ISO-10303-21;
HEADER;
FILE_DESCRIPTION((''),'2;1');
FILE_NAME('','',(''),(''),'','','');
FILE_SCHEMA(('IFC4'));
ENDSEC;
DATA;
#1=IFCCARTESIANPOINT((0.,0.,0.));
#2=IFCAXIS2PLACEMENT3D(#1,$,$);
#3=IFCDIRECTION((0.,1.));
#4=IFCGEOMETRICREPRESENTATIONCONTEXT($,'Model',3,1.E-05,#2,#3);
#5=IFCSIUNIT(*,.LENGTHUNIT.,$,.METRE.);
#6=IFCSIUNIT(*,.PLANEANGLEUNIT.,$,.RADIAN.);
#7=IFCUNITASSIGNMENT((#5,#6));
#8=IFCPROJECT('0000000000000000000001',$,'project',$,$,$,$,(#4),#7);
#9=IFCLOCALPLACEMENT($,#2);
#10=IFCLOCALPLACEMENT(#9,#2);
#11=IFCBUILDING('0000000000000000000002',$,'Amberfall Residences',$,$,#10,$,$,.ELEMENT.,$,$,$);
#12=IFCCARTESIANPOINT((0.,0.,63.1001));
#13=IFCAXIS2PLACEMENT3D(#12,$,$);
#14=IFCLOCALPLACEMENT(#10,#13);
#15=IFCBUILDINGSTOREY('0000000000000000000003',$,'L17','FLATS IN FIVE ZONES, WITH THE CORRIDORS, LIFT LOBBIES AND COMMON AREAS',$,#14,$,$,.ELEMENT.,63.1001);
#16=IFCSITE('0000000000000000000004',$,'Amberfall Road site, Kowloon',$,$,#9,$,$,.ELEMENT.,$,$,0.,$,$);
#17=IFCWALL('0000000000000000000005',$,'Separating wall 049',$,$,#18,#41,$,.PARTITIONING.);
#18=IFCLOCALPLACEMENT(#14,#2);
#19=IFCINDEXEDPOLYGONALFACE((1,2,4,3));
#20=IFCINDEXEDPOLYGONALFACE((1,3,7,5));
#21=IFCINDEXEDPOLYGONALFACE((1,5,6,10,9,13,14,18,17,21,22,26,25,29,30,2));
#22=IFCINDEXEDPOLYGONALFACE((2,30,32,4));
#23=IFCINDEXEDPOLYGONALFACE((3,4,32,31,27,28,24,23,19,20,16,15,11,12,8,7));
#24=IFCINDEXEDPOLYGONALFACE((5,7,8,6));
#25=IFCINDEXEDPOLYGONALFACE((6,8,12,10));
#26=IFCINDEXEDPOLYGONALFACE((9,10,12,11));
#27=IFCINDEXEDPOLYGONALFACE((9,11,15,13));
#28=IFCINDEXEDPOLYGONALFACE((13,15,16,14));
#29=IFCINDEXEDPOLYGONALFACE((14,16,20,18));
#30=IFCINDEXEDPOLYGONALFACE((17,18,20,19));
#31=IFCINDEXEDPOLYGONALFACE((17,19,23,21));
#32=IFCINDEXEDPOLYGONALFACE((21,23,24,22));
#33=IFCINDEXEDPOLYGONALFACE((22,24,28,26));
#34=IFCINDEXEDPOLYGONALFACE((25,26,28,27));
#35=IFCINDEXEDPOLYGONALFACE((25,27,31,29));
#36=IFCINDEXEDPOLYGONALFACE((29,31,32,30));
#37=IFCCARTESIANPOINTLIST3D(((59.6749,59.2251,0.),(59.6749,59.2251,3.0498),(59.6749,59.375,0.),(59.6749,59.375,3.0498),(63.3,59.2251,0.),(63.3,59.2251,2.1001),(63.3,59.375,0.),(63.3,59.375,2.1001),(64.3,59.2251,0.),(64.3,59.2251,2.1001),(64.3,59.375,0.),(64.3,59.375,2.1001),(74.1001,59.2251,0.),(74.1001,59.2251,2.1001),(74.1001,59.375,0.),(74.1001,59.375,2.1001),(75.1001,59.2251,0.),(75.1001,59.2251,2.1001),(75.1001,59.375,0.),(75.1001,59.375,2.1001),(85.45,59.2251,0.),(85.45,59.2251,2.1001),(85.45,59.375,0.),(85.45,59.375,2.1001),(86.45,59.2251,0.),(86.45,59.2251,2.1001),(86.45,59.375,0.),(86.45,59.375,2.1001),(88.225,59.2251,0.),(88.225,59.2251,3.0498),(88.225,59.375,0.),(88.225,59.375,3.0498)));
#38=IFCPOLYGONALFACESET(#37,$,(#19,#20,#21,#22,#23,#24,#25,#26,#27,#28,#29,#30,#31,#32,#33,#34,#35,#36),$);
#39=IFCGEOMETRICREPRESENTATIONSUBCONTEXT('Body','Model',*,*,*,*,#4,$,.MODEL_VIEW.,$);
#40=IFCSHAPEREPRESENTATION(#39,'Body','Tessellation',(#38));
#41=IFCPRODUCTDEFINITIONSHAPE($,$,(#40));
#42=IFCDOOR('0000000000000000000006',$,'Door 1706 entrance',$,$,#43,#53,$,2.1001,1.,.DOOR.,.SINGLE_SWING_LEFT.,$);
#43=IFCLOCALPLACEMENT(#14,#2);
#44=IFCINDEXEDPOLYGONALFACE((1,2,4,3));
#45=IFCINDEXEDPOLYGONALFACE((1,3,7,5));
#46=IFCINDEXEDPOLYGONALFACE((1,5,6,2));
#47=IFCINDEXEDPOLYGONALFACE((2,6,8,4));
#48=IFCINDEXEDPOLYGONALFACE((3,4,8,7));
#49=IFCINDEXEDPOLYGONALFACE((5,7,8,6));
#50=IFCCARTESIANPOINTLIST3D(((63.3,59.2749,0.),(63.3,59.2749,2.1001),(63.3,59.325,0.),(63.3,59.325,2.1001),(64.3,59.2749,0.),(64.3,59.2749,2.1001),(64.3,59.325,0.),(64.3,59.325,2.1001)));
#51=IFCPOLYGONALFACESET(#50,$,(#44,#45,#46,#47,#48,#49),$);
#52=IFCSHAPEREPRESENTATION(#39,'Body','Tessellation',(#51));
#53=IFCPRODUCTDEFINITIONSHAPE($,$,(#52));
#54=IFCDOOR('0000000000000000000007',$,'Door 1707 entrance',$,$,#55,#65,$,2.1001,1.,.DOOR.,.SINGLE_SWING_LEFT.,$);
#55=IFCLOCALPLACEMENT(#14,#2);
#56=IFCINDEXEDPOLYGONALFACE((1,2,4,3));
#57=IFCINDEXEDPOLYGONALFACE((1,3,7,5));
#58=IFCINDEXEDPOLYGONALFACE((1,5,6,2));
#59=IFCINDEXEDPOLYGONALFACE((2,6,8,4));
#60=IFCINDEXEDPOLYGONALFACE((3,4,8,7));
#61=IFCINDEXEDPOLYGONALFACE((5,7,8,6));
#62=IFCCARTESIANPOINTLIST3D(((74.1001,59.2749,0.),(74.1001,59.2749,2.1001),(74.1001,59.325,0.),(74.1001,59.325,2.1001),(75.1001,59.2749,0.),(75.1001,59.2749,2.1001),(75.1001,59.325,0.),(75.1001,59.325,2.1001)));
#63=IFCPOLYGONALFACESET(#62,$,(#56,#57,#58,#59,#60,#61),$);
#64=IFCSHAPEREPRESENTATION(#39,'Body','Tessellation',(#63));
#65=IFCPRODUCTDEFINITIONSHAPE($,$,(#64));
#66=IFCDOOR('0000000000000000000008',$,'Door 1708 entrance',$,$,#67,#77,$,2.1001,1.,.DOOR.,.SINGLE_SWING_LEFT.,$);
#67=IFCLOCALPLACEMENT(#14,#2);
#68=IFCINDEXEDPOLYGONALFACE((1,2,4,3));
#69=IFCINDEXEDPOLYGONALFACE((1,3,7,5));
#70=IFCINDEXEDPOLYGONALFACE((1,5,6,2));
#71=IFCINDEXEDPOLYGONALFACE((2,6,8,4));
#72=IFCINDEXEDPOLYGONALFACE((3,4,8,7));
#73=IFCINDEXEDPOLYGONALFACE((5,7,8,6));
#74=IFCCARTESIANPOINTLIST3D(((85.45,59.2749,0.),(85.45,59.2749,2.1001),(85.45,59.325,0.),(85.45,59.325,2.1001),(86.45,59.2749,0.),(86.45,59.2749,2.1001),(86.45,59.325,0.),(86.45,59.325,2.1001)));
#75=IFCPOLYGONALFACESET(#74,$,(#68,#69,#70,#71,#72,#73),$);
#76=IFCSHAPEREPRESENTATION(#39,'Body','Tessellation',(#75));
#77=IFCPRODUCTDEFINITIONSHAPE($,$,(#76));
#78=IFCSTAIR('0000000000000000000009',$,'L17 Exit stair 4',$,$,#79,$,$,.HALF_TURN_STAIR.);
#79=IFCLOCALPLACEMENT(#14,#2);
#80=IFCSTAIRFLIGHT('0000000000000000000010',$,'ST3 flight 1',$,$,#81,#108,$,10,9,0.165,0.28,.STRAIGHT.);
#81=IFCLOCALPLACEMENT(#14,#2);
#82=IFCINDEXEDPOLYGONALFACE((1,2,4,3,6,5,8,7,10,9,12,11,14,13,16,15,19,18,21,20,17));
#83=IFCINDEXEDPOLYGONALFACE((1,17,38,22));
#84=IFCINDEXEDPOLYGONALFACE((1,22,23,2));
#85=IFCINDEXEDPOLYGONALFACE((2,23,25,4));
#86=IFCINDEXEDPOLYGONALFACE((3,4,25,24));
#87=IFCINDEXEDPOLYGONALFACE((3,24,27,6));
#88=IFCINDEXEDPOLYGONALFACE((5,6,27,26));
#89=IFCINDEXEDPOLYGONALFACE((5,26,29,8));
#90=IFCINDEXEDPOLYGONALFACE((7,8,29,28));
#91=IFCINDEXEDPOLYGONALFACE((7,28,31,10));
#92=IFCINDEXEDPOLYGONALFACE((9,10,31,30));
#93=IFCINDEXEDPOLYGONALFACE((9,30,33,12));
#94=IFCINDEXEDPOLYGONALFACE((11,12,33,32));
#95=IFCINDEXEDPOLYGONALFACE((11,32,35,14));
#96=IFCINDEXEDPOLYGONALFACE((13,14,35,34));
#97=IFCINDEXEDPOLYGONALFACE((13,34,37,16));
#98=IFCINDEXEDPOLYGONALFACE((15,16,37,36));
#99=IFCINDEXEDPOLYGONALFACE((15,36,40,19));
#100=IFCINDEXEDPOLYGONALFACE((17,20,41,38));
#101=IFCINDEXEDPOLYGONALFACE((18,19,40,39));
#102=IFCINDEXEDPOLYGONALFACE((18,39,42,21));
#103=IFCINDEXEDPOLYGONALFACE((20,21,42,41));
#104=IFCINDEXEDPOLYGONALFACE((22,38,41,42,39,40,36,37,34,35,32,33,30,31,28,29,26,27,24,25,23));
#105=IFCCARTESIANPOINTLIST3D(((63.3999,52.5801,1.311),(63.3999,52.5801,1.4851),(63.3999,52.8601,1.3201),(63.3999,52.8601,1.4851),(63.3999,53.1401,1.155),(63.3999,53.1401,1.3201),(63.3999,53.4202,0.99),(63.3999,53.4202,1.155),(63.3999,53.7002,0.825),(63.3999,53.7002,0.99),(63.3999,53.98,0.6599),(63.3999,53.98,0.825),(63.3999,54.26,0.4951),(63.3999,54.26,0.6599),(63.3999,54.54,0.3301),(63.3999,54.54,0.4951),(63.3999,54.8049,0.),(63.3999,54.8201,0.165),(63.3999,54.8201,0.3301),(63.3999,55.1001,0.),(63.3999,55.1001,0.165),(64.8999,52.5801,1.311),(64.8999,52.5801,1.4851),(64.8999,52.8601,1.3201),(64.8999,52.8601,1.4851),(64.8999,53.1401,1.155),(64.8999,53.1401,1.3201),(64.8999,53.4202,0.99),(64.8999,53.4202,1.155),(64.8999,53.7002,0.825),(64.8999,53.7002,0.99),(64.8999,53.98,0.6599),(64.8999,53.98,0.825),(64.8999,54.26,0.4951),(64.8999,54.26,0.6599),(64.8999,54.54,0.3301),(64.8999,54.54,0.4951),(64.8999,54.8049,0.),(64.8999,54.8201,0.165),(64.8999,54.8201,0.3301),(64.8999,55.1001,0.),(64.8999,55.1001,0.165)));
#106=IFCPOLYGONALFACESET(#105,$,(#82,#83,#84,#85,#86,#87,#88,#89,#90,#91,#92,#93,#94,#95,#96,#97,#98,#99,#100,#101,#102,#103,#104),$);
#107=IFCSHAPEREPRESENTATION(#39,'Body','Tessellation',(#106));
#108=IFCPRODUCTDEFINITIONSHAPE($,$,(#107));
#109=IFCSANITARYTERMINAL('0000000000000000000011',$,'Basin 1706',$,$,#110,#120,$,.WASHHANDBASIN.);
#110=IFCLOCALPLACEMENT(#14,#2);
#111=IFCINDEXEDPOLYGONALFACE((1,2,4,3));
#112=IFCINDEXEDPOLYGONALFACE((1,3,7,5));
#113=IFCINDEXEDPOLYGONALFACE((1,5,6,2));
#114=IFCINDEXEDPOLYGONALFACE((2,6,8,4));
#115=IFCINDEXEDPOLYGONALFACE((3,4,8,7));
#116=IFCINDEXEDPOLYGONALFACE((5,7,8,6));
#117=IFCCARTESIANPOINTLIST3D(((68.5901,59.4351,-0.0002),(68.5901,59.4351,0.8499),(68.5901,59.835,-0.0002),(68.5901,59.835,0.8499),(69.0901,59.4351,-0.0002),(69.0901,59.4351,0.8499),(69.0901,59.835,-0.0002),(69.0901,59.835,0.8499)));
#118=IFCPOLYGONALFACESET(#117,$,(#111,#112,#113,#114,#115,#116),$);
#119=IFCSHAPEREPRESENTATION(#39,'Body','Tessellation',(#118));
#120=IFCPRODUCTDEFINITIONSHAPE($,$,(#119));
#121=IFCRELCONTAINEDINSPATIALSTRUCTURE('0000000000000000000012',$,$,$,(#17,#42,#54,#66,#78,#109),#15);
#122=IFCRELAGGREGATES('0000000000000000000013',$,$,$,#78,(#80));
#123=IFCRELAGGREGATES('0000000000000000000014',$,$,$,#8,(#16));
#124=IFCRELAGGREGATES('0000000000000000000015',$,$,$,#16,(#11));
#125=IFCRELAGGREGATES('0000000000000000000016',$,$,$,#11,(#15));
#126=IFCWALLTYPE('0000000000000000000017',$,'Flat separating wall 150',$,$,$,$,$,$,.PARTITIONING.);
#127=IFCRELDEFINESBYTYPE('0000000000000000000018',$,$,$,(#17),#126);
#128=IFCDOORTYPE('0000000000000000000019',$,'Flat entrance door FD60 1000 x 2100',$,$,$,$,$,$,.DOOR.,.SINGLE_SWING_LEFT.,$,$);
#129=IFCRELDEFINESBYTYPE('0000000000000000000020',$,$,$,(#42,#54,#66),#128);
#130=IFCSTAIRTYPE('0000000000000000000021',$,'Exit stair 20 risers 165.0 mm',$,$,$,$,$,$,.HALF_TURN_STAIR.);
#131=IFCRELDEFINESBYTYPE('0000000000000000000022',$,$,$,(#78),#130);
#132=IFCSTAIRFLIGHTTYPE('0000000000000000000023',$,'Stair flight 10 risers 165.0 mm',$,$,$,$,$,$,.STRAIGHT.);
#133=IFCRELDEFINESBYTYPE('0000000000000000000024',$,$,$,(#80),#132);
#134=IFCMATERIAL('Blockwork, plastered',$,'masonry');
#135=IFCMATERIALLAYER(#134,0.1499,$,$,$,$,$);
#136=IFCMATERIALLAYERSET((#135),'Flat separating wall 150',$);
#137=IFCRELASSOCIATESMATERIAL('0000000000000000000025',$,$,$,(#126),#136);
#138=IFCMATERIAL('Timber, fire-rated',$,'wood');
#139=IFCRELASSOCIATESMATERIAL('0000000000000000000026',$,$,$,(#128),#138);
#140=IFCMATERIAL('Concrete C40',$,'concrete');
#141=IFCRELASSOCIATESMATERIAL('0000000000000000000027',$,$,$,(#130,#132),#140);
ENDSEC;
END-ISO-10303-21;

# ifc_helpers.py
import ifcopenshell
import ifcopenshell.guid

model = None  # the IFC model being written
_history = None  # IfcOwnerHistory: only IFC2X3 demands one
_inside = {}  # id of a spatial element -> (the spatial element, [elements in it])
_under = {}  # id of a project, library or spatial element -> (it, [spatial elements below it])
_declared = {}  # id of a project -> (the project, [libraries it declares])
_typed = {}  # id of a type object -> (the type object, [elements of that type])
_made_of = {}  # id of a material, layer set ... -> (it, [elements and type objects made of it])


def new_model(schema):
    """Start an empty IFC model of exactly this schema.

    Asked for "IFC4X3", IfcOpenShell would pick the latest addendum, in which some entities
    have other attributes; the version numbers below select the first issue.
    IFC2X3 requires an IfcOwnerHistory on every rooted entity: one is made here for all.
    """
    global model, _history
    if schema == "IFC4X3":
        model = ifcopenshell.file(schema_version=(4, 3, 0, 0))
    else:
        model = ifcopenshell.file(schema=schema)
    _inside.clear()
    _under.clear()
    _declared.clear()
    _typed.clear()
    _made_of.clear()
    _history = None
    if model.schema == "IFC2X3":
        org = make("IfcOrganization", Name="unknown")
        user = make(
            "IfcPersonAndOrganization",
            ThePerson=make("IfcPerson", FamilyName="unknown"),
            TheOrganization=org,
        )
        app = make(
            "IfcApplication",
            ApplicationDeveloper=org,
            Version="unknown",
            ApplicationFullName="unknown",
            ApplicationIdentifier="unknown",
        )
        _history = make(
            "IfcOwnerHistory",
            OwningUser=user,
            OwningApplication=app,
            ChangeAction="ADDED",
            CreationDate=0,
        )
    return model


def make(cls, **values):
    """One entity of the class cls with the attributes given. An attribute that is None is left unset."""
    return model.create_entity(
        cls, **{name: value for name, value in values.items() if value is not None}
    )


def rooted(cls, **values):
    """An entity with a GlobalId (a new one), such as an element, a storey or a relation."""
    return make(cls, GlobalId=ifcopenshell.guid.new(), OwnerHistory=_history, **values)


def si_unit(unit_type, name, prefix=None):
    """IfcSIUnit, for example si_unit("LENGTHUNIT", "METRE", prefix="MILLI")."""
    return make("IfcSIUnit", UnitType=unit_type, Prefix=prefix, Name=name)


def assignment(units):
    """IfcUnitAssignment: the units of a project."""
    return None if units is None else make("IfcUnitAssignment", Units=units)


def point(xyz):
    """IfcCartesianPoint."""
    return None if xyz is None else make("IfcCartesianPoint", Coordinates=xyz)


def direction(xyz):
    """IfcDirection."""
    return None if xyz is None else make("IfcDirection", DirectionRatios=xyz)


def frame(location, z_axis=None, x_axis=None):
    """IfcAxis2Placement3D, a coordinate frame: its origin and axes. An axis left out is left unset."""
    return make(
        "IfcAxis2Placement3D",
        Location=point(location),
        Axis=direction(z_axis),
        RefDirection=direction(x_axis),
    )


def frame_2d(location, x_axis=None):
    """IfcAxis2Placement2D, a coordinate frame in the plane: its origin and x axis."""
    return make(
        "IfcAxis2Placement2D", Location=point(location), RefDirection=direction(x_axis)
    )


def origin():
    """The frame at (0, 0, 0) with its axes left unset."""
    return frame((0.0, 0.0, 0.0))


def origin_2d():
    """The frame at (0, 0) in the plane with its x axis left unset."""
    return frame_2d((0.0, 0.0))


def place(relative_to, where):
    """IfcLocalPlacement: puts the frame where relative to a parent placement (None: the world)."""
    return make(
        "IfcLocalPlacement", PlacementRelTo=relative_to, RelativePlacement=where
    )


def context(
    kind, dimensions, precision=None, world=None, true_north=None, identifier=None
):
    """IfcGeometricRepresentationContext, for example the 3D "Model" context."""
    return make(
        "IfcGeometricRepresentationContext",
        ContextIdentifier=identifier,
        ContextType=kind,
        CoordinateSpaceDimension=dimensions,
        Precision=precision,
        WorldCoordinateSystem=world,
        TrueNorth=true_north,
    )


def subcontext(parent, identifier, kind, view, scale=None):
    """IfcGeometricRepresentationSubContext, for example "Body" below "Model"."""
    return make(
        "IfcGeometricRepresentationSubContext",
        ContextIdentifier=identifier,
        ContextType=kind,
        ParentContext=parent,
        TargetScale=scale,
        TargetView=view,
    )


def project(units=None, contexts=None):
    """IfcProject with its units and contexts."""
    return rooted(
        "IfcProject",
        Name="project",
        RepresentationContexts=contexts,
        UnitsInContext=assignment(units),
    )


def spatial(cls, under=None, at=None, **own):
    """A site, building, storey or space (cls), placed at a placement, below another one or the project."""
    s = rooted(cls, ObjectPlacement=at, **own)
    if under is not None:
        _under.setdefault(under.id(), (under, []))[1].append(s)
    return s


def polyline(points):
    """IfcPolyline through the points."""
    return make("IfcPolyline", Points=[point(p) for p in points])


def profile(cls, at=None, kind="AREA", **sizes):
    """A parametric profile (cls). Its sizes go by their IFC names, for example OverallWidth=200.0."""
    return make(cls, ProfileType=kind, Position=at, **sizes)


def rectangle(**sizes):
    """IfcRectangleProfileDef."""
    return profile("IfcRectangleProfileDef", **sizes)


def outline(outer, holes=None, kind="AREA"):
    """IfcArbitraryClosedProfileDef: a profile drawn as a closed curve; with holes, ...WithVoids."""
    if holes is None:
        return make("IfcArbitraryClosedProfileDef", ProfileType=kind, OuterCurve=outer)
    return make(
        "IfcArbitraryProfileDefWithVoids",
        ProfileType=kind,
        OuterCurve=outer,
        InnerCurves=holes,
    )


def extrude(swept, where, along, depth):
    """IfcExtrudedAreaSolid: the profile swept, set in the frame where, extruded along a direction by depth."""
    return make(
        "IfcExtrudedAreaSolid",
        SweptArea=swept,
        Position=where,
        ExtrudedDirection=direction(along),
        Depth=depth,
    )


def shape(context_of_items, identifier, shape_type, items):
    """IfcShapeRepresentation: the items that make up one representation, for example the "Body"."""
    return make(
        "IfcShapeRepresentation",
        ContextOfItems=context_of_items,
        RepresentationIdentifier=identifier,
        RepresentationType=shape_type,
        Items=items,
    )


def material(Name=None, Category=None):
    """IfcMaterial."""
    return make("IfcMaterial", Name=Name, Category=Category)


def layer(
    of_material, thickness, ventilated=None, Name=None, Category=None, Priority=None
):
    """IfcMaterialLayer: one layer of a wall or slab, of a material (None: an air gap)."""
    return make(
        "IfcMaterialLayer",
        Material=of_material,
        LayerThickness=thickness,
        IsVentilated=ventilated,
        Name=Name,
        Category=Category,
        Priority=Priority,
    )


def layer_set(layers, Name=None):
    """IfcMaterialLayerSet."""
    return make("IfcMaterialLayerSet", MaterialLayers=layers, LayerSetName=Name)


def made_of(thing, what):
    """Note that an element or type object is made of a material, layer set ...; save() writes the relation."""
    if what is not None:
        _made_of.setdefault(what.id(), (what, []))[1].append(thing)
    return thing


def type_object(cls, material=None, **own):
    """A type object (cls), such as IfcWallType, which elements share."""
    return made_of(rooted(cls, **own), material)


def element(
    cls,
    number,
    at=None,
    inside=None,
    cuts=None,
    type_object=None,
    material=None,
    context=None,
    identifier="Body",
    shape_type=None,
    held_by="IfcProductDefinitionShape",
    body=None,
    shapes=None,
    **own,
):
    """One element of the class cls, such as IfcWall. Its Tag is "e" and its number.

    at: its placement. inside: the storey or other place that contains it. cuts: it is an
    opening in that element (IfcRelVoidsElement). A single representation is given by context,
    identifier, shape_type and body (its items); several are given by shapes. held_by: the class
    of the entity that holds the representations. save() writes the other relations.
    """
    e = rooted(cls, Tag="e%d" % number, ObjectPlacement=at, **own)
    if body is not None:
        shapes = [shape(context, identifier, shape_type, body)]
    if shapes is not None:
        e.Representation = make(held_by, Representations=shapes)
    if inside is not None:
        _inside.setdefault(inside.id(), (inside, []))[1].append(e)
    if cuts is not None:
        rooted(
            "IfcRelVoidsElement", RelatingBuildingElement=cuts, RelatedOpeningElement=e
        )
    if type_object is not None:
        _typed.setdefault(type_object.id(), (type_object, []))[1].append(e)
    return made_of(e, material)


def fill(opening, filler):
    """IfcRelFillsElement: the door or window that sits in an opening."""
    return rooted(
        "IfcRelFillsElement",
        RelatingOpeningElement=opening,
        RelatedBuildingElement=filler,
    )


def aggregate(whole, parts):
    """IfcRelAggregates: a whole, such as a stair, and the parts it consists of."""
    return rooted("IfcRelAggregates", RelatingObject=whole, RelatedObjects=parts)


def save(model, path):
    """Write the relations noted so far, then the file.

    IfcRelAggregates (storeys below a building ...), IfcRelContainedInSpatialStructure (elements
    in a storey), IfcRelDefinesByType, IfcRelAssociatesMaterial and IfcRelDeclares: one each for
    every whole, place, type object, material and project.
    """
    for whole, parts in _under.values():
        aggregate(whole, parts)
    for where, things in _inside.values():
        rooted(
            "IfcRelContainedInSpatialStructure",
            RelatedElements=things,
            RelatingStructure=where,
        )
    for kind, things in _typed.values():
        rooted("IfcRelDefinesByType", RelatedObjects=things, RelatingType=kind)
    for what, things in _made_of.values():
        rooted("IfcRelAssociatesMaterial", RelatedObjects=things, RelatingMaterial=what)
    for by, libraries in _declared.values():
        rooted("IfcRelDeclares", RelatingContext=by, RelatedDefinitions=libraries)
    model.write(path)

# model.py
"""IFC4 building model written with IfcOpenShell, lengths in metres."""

from ifc_helpers import new_model, si_unit, direction, frame, frame_2d, origin, origin_2d, place, context, subcontext, project, spatial, polyline, rectangle, outline, extrude, material, layer, layer_set, type_object, element, fill, aggregate, save


model = new_model("IFC4")

# Units and contexts
model_context = context("Model", 3, precision=1e-05, world=origin(), true_north=direction((0.0, 1.0)))
body_context = subcontext(model_context, "Body", "Model", "MODEL_VIEW")
ifc_project = project(units=[si_unit("LENGTHUNIT", "METRE"), si_unit("PLANEANGLEUNIT", "RADIAN")], contexts=[model_context])

# Site, building, storey
site_placement = place(None, origin())
site = spatial("IfcSite", under=ifc_project, at=site_placement, Name="Amberfall Road site, Kowloon", CompositionType="ELEMENT", RefElevation=0.0)
building_placement = place(site_placement, origin())
building = spatial("IfcBuilding", under=site, at=building_placement, Name="Amberfall Residences", CompositionType="ELEMENT")
storey_placement = place(building_placement, frame((0.0, 0.0, 63.1001)))
storey = spatial("IfcBuildingStorey", under=building, at=storey_placement, Name="L17", Description="FLATS IN FIVE ZONES, WITH THE CORRIDORS, LIFT LOBBIES AND COMMON AREAS", CompositionType="ELEMENT", Elevation=63.1001)

# Shared definitions
ifc_material_1 = material(Name="Blockwork, plastered", Category="masonry")
ifc_layer_1 = layer(ifc_material_1, 0.1499)
ifc_layer_set_1 = layer_set([ifc_layer_1], Name="Flat separating wall 150")
wall_type_1 = type_object("IfcWallType", Name="Flat separating wall 150", PredefinedType="PARTITIONING", material=ifc_layer_set_1)

# Wall, openings, doors
wall_1_placement = place(storey_placement, frame((59.675, 59.3, 0.0), z_axis=(0.0, 0.0, 1.0), x_axis=(1.0, 0.0, 0.0)))
wall_1 = element("IfcWall", 1, at=wall_1_placement, inside=storey, type_object=wall_type_1, Name="Separating wall 049", PredefinedType="PARTITIONING", context=body_context, shape_type="SweptSolid", body=[
    extrude(rectangle(XDim=28.55, YDim=0.1499, at=frame_2d((14.2749, 0.0))), origin(), (0.0, 0.0, 1.0), 3.0498),
])
opening_1_placement = place(wall_1_placement, frame((3.625, 0.0, 0.0)))
opening_1 = element("IfcOpeningElement", 2, at=opening_1_placement, cuts=wall_1, PredefinedType="OPENING", context=body_context, shape_type="SweptSolid", body=[
    extrude(rectangle(XDim=1.0, YDim=2.1001, at=frame_2d((0.5, 1.05))), frame((0.0, 0.085, 0.0), z_axis=(0.0, -1.0, 0.0), x_axis=(1.0, 0.0, 0.0)), (0.0, 0.0, 1.0), 0.1699),
])
opening_2_placement = place(wall_1_placement, frame((14.425, 0.0, 0.0)))
opening_2 = element("IfcOpeningElement", 3, at=opening_2_placement, cuts=wall_1, PredefinedType="OPENING", context=body_context, shape_type="SweptSolid", body=[
    extrude(rectangle(XDim=1.0, YDim=2.1001, at=frame_2d((0.5, 1.05))), frame((0.0, 0.085, 0.0), z_axis=(0.0, -1.0, 0.0), x_axis=(1.0, 0.0, 0.0)), (0.0, 0.0, 1.0), 0.1699),
])
opening_3_placement = place(wall_1_placement, frame((25.7749, 0.0, 0.0)))
opening_3 = element("IfcOpeningElement", 4, at=opening_3_placement, cuts=wall_1, PredefinedType="OPENING", context=body_context, shape_type="SweptSolid", body=[
    extrude(rectangle(XDim=1.0, YDim=2.1001, at=frame_2d((0.5, 1.05))), frame((0.0, 0.085, 0.0), z_axis=(0.0, -1.0, 0.0), x_axis=(1.0, 0.0, 0.0)), (0.0, 0.0, 1.0), 0.1699),
])
ifc_material_2 = material(Name="Timber, fire-rated", Category="wood")
door_type_1 = type_object("IfcDoorType", Name="Flat entrance door FD60 1000 x 2100", OperationType="SINGLE_SWING_LEFT", PredefinedType="DOOR", material=ifc_material_2)
door_1_placement = place(opening_1_placement, origin())
door_1 = element("IfcDoor", 5, at=door_1_placement, inside=storey, type_object=door_type_1, Name="Door 1706 entrance", OperationType="SINGLE_SWING_LEFT", OverallHeight=2.1001, OverallWidth=1.0, PredefinedType="DOOR", context=body_context, shape_type="SweptSolid", body=[
    extrude(rectangle(XDim=1.0, YDim=2.1001, at=frame_2d((0.5, 1.05))), frame((0.0, 0.0249, 0.0), z_axis=(0.0, -1.0, 0.0), x_axis=(1.0, 0.0, 0.0)), (0.0, 0.0, 1.0), 0.05),
])
fill(opening_1, door_1)
door_2_placement = place(opening_2_placement, origin())
door_2 = element("IfcDoor", 6, at=door_2_placement, inside=storey, type_object=door_type_1, Name="Door 1707 entrance", OperationType="SINGLE_SWING_LEFT", OverallHeight=2.1001, OverallWidth=1.0, PredefinedType="DOOR", context=body_context, shape_type="SweptSolid", body=[
    extrude(rectangle(XDim=1.0, YDim=2.1001, at=frame_2d((0.5, 1.05))), frame((0.0, 0.0249, 0.0), z_axis=(0.0, -1.0, 0.0), x_axis=(1.0, 0.0, 0.0)), (0.0, 0.0, 1.0), 0.05),
])
fill(opening_2, door_2)
door_3_placement = place(opening_3_placement, origin())
door_3 = element("IfcDoor", 7, at=door_3_placement, inside=storey, type_object=door_type_1, Name="Door 1708 entrance", OperationType="SINGLE_SWING_LEFT", OverallHeight=2.1001, OverallWidth=1.0, PredefinedType="DOOR", context=body_context, shape_type="SweptSolid", body=[
    extrude(rectangle(XDim=1.0, YDim=2.1001, at=frame_2d((0.5, 1.05))), frame((0.0, 0.0249, 0.0), z_axis=(0.0, -1.0, 0.0), x_axis=(1.0, 0.0, 0.0)), (0.0, 0.0, 1.0), 0.05),
])
fill(opening_3, door_3)

# Stair, stair flight
ifc_material_3 = material(Name="Concrete C40", Category="concrete")
stair_type = type_object("IfcStairType", Name="Exit stair 20 risers 165.0 mm", PredefinedType="HALF_TURN_STAIR", material=ifc_material_3)
stair_placement = place(storey_placement, origin())
stair = element("IfcStair", 8, at=stair_placement, inside=storey, type_object=stair_type, Name="L17 Exit stair 4", PredefinedType="HALF_TURN_STAIR")
stair_flight_type = type_object("IfcStairFlightType", Name="Stair flight 10 risers 165.0 mm", PredefinedType="STRAIGHT", material=ifc_material_3)
stair_flight_placement = place(storey_placement, frame((64.1499, 55.1001, 0.0), z_axis=(0.0, 0.0, 1.0), x_axis=(0.0, -1.0, 0.0)))
stair_flight = element("IfcStairFlight", 9, at=stair_flight_placement, type_object=stair_flight_type, Name="ST3 flight 1", NumberOfRisers=10, NumberOfTreads=9, PredefinedType="STRAIGHT", RiserHeight=0.165, TreadLength=0.28, context=body_context, shape_type="SweptSolid", body=[
    extrude(outline(polyline([(0.0, 0.0), (0.0, 0.165), (0.28, 0.165), (0.28, 0.3301), (0.5601, 0.3301), (0.5601, 0.4951), (0.8401, 0.4951), (0.8401, 0.6599), (1.1201, 0.6599), (1.1201, 0.825), (1.3999, 0.825), (1.3999, 0.99), (1.6799, 0.99), (1.6799, 1.155), (1.96, 1.155), (1.96, 1.3201), (2.24, 1.3201), (2.24, 1.4851), (2.52, 1.4851), (2.52, 1.6499), (2.52, 1.311), (0.2952, 0.0), (0.0, 0.0)])), frame((0.0, 0.75, 0.0), z_axis=(0.0, -1.0, 0.0), x_axis=(1.0, 0.0, 0.0)), (0.0, 0.0, 1.0), 1.5),
])
aggregate(stair, [stair_flight])

# Sanitary terminal
sanitary_terminal_placement = place(storey_placement, frame((68.8401, 59.635, -0.0002), z_axis=(0.0, 0.0, 1.0), x_axis=(1.0, 0.0, 0.0)))
element("IfcSanitaryTerminal", 10, at=sanitary_terminal_placement, inside=storey, Name="Basin 1706", PredefinedType="WASHHANDBASIN", context=body_context, shape_type="SweptSolid", body=[
    extrude(rectangle(XDim=0.5, YDim=0.3999, at=origin_2d()), origin(), (0.0, 0.0, 1.0), 0.8501),
])

save(model, "model.ifc")
